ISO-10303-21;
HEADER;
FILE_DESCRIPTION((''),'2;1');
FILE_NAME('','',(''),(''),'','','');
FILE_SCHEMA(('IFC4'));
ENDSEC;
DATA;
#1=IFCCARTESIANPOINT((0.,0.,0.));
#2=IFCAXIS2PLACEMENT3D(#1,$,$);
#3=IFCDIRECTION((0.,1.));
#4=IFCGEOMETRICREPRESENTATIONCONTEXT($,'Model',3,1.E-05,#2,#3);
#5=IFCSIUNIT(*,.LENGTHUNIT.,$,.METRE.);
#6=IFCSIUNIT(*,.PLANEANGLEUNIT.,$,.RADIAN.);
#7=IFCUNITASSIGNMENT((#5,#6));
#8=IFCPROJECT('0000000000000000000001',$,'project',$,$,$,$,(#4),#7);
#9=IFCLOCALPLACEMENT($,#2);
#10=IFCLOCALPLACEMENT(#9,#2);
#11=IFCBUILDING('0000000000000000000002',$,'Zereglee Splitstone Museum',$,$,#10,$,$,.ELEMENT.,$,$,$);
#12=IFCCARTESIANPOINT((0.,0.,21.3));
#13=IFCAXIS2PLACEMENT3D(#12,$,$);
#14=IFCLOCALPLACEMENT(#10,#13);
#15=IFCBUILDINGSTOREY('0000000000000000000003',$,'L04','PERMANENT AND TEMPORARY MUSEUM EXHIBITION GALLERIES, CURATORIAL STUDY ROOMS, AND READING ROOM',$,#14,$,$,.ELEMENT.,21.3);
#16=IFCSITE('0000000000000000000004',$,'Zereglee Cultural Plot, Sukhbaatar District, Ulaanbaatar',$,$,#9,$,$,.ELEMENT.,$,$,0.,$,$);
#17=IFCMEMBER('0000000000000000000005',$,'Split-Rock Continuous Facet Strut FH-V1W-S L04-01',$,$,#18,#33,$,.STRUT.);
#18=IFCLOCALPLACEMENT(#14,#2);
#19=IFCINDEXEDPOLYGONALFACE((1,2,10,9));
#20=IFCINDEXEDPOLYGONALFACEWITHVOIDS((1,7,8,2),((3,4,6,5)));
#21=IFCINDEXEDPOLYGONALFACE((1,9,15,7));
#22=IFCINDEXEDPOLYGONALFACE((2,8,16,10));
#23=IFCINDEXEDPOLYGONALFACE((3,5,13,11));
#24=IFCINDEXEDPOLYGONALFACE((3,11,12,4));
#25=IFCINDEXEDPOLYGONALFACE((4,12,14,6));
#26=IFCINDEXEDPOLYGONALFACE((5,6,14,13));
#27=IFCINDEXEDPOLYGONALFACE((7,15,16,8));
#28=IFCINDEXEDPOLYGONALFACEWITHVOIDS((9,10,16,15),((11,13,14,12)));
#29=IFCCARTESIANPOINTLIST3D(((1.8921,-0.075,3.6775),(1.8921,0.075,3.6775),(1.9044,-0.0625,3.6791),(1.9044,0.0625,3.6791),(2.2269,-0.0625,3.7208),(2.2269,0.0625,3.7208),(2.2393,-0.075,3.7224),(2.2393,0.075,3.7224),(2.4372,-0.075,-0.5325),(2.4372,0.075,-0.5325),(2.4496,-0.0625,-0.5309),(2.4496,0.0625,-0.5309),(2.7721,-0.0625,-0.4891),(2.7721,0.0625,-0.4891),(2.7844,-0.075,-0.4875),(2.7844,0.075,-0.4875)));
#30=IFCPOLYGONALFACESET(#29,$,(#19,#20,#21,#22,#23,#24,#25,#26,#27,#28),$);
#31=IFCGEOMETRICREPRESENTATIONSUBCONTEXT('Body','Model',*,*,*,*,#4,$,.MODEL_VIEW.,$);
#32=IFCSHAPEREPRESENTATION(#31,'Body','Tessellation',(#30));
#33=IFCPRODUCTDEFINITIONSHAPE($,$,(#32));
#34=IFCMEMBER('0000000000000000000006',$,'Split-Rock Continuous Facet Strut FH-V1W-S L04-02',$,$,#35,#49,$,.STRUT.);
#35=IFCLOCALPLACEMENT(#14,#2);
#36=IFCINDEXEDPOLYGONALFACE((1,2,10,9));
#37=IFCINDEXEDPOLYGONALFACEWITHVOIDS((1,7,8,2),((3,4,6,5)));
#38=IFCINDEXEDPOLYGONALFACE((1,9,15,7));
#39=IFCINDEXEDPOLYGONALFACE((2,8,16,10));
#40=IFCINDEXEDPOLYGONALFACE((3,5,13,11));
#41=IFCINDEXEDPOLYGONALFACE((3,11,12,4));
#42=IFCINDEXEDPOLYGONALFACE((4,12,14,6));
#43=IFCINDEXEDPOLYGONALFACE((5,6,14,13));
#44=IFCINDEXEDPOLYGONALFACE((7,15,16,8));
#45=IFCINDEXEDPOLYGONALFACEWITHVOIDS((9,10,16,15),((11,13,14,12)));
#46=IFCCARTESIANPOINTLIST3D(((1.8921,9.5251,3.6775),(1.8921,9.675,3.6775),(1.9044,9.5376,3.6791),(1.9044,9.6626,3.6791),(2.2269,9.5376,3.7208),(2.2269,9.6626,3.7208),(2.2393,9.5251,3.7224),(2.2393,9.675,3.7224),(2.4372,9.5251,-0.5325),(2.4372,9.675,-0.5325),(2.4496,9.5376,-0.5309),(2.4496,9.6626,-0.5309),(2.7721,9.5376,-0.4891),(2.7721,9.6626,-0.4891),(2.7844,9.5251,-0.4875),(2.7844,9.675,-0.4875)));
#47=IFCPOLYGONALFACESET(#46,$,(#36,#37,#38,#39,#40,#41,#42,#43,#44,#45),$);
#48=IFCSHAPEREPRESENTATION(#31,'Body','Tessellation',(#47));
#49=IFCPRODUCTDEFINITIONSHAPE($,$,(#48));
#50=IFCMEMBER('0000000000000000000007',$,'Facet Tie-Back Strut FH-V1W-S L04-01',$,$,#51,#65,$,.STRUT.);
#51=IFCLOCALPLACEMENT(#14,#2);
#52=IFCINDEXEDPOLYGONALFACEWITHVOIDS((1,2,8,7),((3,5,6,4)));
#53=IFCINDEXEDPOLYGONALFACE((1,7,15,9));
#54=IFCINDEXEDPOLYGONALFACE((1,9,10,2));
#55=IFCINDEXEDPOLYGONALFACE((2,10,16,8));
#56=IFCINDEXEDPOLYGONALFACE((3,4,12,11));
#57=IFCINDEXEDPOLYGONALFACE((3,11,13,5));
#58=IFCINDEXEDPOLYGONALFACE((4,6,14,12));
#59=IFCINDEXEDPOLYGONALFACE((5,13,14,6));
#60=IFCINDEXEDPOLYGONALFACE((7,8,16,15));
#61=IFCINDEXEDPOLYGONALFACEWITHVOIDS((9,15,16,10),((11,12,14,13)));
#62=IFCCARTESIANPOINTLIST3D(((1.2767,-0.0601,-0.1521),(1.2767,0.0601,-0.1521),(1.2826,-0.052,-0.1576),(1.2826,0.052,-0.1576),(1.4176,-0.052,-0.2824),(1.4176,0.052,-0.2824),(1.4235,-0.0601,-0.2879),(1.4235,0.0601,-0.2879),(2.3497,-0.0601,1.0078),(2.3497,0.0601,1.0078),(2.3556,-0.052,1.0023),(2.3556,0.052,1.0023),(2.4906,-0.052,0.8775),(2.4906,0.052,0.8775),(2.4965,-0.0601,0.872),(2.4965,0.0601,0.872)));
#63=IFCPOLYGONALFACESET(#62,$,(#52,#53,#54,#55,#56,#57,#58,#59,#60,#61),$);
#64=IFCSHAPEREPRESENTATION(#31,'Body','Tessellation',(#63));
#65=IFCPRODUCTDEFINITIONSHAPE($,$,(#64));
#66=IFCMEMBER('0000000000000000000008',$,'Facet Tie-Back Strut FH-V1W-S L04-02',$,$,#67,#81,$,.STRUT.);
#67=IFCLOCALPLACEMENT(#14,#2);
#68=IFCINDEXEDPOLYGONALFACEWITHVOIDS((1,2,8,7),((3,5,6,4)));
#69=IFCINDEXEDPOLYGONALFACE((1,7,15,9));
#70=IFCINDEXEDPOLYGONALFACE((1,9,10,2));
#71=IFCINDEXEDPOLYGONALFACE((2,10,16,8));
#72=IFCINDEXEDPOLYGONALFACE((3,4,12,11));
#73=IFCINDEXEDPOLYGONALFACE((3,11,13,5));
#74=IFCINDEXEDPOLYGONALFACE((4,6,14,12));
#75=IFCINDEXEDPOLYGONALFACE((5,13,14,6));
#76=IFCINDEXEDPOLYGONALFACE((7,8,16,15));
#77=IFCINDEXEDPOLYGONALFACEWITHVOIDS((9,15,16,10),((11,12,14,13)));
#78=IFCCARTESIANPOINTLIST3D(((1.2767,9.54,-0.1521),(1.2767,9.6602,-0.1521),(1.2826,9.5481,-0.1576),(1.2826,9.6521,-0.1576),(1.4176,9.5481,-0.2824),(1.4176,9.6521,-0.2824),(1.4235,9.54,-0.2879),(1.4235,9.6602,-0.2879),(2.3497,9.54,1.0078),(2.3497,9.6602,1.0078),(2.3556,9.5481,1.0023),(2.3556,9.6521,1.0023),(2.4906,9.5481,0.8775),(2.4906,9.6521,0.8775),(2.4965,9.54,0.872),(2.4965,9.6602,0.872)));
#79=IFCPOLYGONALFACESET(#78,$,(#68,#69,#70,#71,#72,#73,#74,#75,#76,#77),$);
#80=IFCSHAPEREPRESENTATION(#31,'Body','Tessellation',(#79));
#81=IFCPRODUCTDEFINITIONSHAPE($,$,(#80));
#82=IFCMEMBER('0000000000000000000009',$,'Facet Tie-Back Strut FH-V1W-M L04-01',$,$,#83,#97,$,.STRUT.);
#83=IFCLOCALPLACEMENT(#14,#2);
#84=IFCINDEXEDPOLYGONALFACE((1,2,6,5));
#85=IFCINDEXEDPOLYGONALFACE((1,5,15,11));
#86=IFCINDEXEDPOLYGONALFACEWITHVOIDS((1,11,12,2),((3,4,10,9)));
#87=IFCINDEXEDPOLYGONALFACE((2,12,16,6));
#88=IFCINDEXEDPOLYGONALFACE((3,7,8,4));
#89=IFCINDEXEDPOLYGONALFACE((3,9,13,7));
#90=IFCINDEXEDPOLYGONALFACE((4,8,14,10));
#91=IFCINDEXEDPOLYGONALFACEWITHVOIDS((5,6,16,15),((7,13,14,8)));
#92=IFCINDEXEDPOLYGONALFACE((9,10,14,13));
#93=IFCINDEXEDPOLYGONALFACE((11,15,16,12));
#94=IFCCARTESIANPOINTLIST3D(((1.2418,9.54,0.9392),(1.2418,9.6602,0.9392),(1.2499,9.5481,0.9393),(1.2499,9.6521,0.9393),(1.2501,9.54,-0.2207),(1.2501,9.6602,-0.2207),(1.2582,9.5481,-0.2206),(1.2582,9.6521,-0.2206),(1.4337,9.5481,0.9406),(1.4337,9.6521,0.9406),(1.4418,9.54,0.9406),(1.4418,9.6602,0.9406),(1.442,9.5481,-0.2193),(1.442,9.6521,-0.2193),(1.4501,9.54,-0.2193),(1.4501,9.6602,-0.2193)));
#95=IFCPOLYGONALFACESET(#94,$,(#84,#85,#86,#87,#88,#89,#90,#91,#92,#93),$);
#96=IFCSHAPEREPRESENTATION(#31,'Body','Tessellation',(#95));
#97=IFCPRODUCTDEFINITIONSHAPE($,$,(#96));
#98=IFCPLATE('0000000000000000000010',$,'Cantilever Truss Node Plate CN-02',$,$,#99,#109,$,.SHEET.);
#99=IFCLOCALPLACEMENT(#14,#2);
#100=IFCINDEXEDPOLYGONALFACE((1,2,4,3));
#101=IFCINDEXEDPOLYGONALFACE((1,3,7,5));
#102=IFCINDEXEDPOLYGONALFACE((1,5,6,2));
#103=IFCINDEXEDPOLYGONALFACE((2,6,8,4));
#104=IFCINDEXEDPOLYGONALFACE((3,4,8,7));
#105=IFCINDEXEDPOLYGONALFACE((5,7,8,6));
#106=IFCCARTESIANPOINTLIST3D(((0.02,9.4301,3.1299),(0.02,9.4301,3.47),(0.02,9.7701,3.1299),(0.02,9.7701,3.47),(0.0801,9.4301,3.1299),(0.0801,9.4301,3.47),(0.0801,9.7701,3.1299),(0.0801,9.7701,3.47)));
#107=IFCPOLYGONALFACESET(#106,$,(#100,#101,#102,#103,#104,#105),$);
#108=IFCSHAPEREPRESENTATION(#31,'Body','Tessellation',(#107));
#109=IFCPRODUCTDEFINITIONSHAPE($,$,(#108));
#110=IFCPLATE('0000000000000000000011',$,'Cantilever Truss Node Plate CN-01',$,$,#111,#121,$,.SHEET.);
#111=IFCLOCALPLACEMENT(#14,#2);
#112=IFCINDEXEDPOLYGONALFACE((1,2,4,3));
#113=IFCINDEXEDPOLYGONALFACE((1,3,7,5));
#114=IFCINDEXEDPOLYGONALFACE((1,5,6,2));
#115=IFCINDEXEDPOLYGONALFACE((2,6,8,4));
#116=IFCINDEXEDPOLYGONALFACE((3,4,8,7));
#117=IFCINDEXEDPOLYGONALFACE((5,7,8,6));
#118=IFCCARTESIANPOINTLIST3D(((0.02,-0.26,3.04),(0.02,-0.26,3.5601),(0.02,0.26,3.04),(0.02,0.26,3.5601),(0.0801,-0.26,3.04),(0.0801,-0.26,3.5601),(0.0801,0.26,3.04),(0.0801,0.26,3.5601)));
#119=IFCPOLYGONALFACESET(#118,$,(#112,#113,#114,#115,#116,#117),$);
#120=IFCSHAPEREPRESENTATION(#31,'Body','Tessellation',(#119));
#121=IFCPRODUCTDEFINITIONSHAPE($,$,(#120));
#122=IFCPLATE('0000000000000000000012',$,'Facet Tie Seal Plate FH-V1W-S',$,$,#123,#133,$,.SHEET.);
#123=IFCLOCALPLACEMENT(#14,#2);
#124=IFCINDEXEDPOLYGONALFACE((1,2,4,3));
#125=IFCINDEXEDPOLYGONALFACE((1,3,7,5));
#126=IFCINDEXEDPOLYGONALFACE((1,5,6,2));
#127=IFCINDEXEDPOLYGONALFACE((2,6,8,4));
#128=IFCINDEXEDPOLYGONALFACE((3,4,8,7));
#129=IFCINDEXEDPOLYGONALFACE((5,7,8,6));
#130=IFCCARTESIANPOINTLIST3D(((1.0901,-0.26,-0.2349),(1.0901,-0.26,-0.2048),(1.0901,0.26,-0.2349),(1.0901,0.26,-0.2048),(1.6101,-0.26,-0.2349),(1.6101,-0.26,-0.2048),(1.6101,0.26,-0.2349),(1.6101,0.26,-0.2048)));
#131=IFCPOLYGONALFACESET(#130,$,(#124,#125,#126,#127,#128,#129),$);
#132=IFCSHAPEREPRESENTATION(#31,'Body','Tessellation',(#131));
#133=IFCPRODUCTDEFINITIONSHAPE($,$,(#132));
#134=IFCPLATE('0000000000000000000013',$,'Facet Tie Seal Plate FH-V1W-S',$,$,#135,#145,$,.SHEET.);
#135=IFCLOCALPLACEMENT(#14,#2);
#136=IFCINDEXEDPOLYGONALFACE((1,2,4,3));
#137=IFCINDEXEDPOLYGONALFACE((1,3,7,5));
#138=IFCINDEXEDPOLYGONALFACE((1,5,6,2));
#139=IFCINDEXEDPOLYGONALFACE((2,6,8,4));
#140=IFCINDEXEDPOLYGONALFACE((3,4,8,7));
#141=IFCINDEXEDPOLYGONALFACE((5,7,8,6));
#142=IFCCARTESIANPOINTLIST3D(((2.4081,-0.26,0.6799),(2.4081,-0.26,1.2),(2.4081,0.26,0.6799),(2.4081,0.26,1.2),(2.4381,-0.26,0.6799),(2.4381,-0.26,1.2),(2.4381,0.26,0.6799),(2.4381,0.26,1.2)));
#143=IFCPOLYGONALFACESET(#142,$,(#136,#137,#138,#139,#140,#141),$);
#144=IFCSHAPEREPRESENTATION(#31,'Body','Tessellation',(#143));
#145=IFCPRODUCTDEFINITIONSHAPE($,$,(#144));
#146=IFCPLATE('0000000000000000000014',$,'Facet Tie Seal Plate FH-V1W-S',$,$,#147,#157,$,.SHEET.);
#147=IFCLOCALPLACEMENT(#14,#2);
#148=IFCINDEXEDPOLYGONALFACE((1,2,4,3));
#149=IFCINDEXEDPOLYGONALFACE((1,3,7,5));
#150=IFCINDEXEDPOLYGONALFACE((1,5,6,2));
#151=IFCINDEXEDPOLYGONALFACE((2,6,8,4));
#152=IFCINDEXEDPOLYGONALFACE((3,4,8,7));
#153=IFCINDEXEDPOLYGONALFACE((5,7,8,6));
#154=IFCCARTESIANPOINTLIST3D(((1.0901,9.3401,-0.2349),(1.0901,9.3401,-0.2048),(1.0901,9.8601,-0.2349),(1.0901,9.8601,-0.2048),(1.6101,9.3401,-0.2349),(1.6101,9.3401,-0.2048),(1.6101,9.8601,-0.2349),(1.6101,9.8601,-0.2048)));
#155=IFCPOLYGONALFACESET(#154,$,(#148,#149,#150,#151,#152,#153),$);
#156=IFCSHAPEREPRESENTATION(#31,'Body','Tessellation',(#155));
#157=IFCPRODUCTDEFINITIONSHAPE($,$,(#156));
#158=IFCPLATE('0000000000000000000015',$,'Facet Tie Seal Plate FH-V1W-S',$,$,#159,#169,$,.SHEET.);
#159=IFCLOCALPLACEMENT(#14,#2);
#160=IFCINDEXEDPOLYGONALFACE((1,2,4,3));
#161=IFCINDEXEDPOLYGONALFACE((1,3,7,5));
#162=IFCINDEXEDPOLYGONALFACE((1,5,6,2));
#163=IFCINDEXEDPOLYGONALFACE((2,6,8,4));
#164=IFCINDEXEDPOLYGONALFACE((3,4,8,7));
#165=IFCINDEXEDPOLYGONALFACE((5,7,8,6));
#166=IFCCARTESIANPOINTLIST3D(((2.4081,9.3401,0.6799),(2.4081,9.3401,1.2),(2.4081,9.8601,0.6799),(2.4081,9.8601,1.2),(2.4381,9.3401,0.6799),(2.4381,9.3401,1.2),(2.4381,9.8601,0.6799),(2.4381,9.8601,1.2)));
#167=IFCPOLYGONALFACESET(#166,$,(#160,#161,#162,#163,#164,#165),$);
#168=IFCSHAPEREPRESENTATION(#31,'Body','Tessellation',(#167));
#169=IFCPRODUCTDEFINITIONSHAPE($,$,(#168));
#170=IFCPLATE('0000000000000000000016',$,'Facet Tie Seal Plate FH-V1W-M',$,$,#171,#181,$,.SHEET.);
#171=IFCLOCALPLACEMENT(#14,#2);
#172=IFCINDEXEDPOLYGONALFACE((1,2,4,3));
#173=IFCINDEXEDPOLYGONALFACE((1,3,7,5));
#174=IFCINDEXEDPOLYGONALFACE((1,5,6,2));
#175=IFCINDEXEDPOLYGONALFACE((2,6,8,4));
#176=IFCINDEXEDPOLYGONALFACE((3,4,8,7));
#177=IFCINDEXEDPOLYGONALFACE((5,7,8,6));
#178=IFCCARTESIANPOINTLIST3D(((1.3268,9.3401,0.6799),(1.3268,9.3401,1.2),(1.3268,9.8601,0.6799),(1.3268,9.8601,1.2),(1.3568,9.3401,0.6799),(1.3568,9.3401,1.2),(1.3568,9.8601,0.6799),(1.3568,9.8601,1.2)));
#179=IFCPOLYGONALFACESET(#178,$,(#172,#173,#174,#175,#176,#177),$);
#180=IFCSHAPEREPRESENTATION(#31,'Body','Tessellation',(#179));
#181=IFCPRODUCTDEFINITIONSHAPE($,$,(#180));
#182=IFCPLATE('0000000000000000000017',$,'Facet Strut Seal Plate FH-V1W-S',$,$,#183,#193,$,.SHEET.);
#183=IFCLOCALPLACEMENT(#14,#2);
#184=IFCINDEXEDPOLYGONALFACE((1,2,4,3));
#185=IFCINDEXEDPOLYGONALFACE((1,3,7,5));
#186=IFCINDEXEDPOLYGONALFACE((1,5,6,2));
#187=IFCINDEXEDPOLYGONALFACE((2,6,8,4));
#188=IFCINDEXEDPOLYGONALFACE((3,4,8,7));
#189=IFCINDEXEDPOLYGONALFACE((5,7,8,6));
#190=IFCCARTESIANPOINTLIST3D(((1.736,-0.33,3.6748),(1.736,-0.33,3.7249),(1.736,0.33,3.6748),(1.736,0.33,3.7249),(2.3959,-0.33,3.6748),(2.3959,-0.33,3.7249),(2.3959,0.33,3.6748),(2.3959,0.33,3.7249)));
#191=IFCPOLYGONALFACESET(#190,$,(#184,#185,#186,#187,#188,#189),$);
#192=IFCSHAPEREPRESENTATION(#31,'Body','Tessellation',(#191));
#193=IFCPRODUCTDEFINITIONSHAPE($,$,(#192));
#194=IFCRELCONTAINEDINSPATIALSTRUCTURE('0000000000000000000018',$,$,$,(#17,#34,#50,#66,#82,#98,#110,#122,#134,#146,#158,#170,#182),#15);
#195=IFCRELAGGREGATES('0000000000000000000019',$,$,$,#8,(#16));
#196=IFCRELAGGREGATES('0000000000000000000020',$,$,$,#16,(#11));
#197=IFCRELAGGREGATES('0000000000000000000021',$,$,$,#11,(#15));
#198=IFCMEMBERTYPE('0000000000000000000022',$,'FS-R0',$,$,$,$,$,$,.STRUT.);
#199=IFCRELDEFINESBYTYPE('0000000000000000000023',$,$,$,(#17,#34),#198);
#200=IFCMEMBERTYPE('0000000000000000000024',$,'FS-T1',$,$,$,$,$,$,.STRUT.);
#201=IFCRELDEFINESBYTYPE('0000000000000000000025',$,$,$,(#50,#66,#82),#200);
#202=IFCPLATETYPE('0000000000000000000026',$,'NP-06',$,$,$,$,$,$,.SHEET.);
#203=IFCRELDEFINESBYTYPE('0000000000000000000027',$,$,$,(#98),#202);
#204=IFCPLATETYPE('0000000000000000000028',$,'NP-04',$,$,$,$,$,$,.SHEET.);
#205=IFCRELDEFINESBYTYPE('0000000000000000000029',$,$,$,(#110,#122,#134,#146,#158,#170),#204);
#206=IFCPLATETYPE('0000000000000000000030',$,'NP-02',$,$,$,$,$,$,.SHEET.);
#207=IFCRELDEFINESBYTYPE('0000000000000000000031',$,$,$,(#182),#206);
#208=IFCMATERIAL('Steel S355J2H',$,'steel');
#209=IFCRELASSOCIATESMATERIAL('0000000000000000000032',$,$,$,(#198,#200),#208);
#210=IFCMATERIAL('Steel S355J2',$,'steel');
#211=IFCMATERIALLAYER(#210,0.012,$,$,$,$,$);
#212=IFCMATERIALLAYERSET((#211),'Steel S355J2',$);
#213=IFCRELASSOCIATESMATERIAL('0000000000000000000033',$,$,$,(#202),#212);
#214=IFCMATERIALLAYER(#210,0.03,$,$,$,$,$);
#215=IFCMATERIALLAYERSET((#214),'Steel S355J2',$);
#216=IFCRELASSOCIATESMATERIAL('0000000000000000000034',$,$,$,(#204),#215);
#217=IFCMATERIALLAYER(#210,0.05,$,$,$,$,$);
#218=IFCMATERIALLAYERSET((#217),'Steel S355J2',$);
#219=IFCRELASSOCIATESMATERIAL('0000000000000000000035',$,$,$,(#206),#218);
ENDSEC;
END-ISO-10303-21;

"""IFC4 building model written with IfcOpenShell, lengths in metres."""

from ifc_helpers import new_model, si_unit, direction, frame, origin, origin_2d, place, context, subcontext, project, spatial, rectangle, hollow_rectangle, extrude, material, layer, layer_set, material_profile, profile_set, type_object, element, save


model = new_model("IFC4")

# Units and contexts
model_context = context("Model", 3, precision=1e-05, world=origin(), true_north=direction((0.0, 1.0)))
body_context = subcontext(model_context, "Body", "Model", "MODEL_VIEW")
ifc_project = project(units=[si_unit("LENGTHUNIT", "METRE"), si_unit("PLANEANGLEUNIT", "RADIAN")], contexts=[model_context])

# Site, building, storey
site_placement = place(None, origin())
site = spatial("IfcSite", under=ifc_project, at=site_placement, Name="Zereglee Cultural Plot, Sukhbaatar District, Ulaanbaatar", CompositionType="ELEMENT", RefElevation=0.0)
building_placement = place(site_placement, origin())
building = spatial("IfcBuilding", under=site, at=building_placement, Name="Zereglee Splitstone Museum", CompositionType="ELEMENT")
storey_placement = place(building_placement, frame((0.0, 0.0, 21.3)))
storey = spatial("IfcBuildingStorey", under=building, at=storey_placement, Name="L04", Description="PERMANENT AND TEMPORARY MUSEUM EXHIBITION GALLERIES, CURATORIAL STUDY ROOMS, AND READING ROOM", CompositionType="ELEMENT", Elevation=21.3)

# Shared definitions
ifc_material_1 = material(Name="Steel S355J2H", Category="steel")

# Shared definitions
ifc_material_2 = material(Name="Steel S355J2", Category="steel")

# Members
ifc_material_profile_1 = material_profile(ifc_material_1, hollow_rectangle(XDim=0.1499, YDim=0.3501, WallThickness=0.0125, at=origin_2d()), Name="RHS 350x150x12.5")
ifc_profile_set_1 = profile_set([ifc_material_profile_1], Name="Steel S355J2H")
member_type_1 = type_object("IfcMemberType", Name="FS-R0", PredefinedType="STRUT", material=ifc_profile_set_1)
for number, where, z_axis, x_axis, name in (
    (1, (2.6108, 0.0, -0.51), (-0.128422, 0.0, 0.99172), (0.0, -1.0, 0.0), "Split-Rock Continuous Facet Strut FH-V1W-S L04-01"),
    (2, (2.6108, 9.6001, -0.51), (-0.128422, 0.0, 0.99172), (0.0, -1.0, 0.0), "Split-Rock Continuous Facet Strut FH-V1W-S L04-02"),
):
    element("IfcMember", number, at=place(storey_placement, frame(where, z_axis=z_axis, x_axis=x_axis)), inside=storey, type_object=member_type_1, Name=name, PredefinedType="STRUT", context=body_context, shape_type="SweptSolid", body=[
        extrude(hollow_rectangle(XDim=0.1499, YDim=0.3501, WallThickness=0.0125, at=origin_2d()), origin(), (0.0, 0.0, 1.0), 4.2451),
    ])
ifc_material_profile_2 = material_profile(ifc_material_1, hollow_rectangle(XDim=0.1201, YDim=0.2, WallThickness=0.0081, at=origin_2d()), Name="RHS 200x120x8")
ifc_profile_set_2 = profile_set([ifc_material_profile_2], Name="Steel S355J2H")
member_type_2 = type_object("IfcMemberType", Name="FS-T1", PredefinedType="STRUT", material=ifc_profile_set_2)
for number, where, z_axis, x_axis, name in (
    (3, (1.3501, 0.0, -0.22), (0.679069, 0.0, 0.734074), (0.0, 1.0, 0.0), "Facet Tie-Back Strut FH-V1W-S L04-01"),
    (4, (1.3501, 9.6001, -0.22), (0.679069, 0.0, 0.734074), (0.0, 1.0, 0.0), "Facet Tie-Back Strut FH-V1W-S L04-02"),
):
    element("IfcMember", number, at=place(storey_placement, frame(where, z_axis=z_axis, x_axis=x_axis)), inside=storey, type_object=member_type_2, Name=name, PredefinedType="STRUT", context=body_context, shape_type="SweptSolid", body=[
        extrude(hollow_rectangle(XDim=0.1201, YDim=0.2, WallThickness=0.0081, at=origin_2d()), origin(), (0.0, 0.0, 1.0), 1.5801),
    ])
member_1_placement = place(storey_placement, frame((1.3501, 9.6001, -0.22), z_axis=(-0.007156, 0.0, 0.999974), x_axis=(0.0, -1.0, 0.0)))
element("IfcMember", 5, at=member_1_placement, inside=storey, type_object=member_type_2, Name="Facet Tie-Back Strut FH-V1W-M L04-01", PredefinedType="STRUT", context=body_context, shape_type="SweptSolid", body=[
    extrude(hollow_rectangle(XDim=0.1201, YDim=0.2, WallThickness=0.0081, at=origin_2d()), origin(), (0.0, 0.0, 1.0), 1.1599),
])

# Plates
ifc_layer_1 = layer(ifc_material_2, 0.012)
ifc_layer_set_1 = layer_set([ifc_layer_1], Name="Steel S355J2")
plate_type_1 = type_object("IfcPlateType", Name="NP-06", PredefinedType="SHEET", material=ifc_layer_set_1)
plate_1_placement = place(storey_placement, frame((0.05, 9.6001, 3.1299), z_axis=(0.0, 0.0, 1.0), x_axis=(1.0, 0.0, 0.0)))
element("IfcPlate", 6, at=plate_1_placement, inside=storey, type_object=plate_type_1, Name="Cantilever Truss Node Plate CN-02", PredefinedType="SHEET", context=body_context, shape_type="SweptSolid", body=[
    extrude(rectangle(XDim=0.0601, YDim=0.3401, at=origin_2d()), origin(), (0.0, 0.0, 1.0), 0.3401),
])
ifc_layer_2 = layer(ifc_material_2, 0.03)
ifc_layer_set_2 = layer_set([ifc_layer_2], Name="Steel S355J2")
plate_type_2 = type_object("IfcPlateType", Name="NP-04", PredefinedType="SHEET", material=ifc_layer_set_2)
plate_2_placement = place(storey_placement, frame((0.05, 0.0, 3.04), z_axis=(0.0, 0.0, 1.0), x_axis=(1.0, 0.0, 0.0)))
element("IfcPlate", 7, at=plate_2_placement, inside=storey, type_object=plate_type_2, Name="Cantilever Truss Node Plate CN-01", PredefinedType="SHEET", context=body_context, shape_type="SweptSolid", body=[
    extrude(rectangle(XDim=0.0601, YDim=0.52, at=origin_2d()), origin(), (0.0, 0.0, 1.0), 0.52),
])
plate_3_placement = place(storey_placement, frame((1.3501, 0.0, -0.2349), z_axis=(0.0, 0.0, 1.0), x_axis=(1.0, 0.0, 0.0)))
element("IfcPlate", 8, at=plate_3_placement, inside=storey, type_object=plate_type_2, Name="Facet Tie Seal Plate FH-V1W-S", PredefinedType="SHEET", context=body_context, shape_type="SweptSolid", body=[
    extrude(rectangle(XDim=0.52, YDim=0.52, at=origin_2d()), origin(), (0.0, 0.0, 1.0), 0.03),
])
plate_4_placement = place(storey_placement, frame((2.4231, 0.0, 0.6799), z_axis=(0.0, 0.0, 1.0), x_axis=(1.0, 0.0, 0.0)))
element("IfcPlate", 9, at=plate_4_placement, inside=storey, type_object=plate_type_2, Name="Facet Tie Seal Plate FH-V1W-S", PredefinedType="SHEET", context=body_context, shape_type="SweptSolid", body=[
    extrude(rectangle(XDim=0.03, YDim=0.52, at=origin_2d()), origin(), (0.0, 0.0, 1.0), 0.52),
])
plate_5_placement = place(storey_placement, frame((1.3501, 9.6001, -0.2349), z_axis=(0.0, 0.0, 1.0), x_axis=(1.0, 0.0, 0.0)))
element("IfcPlate", 10, at=plate_5_placement, inside=storey, type_object=plate_type_2, Name="Facet Tie Seal Plate FH-V1W-S", PredefinedType="SHEET", context=body_context, shape_type="SweptSolid", body=[
    extrude(rectangle(XDim=0.52, YDim=0.52, at=origin_2d()), origin(), (0.0, 0.0, 1.0), 0.03),
])
for number, where, z_axis, x_axis, name in (
    (11, (2.4231, 9.6001, 0.6799), (0.0, 0.0, 1.0), (1.0, 0.0, 0.0), "Facet Tie Seal Plate FH-V1W-S"),
    (12, (1.3418, 9.6001, 0.6799), (0.0, 0.0, 1.0), (1.0, 0.0, 0.0), "Facet Tie Seal Plate FH-V1W-M"),
):
    element("IfcPlate", number, at=place(storey_placement, frame(where, z_axis=z_axis, x_axis=x_axis)), inside=storey, type_object=plate_type_2, Name=name, PredefinedType="SHEET", context=body_context, shape_type="SweptSolid", body=[
        extrude(rectangle(XDim=0.03, YDim=0.52, at=origin_2d()), origin(), (0.0, 0.0, 1.0), 0.52),
    ])
ifc_layer_3 = layer(ifc_material_2, 0.05)
ifc_layer_set_3 = layer_set([ifc_layer_3], Name="Steel S355J2")
plate_type_3 = type_object("IfcPlateType", Name="NP-02", PredefinedType="SHEET", material=ifc_layer_set_3)
for number, where, z_axis, x_axis, name in (
    (13, (2.0659, 0.0, 3.6748), (0.0, 0.0, 1.0), (1.0, 0.0, 0.0), "Facet Strut Seal Plate FH-V1W-S"),
):
    element("IfcPlate", number, at=place(storey_placement, frame(where, z_axis=z_axis, x_axis=x_axis)), inside=storey, type_object=plate_type_3, Name=name, PredefinedType="SHEET", context=body_context, shape_type="SweptSolid", body=[
        extrude(rectangle(XDim=0.6599, YDim=0.6599, at=origin_2d()), origin(), (0.0, 0.0, 1.0), 0.05),
    ])

save(model, "model.ifc")
